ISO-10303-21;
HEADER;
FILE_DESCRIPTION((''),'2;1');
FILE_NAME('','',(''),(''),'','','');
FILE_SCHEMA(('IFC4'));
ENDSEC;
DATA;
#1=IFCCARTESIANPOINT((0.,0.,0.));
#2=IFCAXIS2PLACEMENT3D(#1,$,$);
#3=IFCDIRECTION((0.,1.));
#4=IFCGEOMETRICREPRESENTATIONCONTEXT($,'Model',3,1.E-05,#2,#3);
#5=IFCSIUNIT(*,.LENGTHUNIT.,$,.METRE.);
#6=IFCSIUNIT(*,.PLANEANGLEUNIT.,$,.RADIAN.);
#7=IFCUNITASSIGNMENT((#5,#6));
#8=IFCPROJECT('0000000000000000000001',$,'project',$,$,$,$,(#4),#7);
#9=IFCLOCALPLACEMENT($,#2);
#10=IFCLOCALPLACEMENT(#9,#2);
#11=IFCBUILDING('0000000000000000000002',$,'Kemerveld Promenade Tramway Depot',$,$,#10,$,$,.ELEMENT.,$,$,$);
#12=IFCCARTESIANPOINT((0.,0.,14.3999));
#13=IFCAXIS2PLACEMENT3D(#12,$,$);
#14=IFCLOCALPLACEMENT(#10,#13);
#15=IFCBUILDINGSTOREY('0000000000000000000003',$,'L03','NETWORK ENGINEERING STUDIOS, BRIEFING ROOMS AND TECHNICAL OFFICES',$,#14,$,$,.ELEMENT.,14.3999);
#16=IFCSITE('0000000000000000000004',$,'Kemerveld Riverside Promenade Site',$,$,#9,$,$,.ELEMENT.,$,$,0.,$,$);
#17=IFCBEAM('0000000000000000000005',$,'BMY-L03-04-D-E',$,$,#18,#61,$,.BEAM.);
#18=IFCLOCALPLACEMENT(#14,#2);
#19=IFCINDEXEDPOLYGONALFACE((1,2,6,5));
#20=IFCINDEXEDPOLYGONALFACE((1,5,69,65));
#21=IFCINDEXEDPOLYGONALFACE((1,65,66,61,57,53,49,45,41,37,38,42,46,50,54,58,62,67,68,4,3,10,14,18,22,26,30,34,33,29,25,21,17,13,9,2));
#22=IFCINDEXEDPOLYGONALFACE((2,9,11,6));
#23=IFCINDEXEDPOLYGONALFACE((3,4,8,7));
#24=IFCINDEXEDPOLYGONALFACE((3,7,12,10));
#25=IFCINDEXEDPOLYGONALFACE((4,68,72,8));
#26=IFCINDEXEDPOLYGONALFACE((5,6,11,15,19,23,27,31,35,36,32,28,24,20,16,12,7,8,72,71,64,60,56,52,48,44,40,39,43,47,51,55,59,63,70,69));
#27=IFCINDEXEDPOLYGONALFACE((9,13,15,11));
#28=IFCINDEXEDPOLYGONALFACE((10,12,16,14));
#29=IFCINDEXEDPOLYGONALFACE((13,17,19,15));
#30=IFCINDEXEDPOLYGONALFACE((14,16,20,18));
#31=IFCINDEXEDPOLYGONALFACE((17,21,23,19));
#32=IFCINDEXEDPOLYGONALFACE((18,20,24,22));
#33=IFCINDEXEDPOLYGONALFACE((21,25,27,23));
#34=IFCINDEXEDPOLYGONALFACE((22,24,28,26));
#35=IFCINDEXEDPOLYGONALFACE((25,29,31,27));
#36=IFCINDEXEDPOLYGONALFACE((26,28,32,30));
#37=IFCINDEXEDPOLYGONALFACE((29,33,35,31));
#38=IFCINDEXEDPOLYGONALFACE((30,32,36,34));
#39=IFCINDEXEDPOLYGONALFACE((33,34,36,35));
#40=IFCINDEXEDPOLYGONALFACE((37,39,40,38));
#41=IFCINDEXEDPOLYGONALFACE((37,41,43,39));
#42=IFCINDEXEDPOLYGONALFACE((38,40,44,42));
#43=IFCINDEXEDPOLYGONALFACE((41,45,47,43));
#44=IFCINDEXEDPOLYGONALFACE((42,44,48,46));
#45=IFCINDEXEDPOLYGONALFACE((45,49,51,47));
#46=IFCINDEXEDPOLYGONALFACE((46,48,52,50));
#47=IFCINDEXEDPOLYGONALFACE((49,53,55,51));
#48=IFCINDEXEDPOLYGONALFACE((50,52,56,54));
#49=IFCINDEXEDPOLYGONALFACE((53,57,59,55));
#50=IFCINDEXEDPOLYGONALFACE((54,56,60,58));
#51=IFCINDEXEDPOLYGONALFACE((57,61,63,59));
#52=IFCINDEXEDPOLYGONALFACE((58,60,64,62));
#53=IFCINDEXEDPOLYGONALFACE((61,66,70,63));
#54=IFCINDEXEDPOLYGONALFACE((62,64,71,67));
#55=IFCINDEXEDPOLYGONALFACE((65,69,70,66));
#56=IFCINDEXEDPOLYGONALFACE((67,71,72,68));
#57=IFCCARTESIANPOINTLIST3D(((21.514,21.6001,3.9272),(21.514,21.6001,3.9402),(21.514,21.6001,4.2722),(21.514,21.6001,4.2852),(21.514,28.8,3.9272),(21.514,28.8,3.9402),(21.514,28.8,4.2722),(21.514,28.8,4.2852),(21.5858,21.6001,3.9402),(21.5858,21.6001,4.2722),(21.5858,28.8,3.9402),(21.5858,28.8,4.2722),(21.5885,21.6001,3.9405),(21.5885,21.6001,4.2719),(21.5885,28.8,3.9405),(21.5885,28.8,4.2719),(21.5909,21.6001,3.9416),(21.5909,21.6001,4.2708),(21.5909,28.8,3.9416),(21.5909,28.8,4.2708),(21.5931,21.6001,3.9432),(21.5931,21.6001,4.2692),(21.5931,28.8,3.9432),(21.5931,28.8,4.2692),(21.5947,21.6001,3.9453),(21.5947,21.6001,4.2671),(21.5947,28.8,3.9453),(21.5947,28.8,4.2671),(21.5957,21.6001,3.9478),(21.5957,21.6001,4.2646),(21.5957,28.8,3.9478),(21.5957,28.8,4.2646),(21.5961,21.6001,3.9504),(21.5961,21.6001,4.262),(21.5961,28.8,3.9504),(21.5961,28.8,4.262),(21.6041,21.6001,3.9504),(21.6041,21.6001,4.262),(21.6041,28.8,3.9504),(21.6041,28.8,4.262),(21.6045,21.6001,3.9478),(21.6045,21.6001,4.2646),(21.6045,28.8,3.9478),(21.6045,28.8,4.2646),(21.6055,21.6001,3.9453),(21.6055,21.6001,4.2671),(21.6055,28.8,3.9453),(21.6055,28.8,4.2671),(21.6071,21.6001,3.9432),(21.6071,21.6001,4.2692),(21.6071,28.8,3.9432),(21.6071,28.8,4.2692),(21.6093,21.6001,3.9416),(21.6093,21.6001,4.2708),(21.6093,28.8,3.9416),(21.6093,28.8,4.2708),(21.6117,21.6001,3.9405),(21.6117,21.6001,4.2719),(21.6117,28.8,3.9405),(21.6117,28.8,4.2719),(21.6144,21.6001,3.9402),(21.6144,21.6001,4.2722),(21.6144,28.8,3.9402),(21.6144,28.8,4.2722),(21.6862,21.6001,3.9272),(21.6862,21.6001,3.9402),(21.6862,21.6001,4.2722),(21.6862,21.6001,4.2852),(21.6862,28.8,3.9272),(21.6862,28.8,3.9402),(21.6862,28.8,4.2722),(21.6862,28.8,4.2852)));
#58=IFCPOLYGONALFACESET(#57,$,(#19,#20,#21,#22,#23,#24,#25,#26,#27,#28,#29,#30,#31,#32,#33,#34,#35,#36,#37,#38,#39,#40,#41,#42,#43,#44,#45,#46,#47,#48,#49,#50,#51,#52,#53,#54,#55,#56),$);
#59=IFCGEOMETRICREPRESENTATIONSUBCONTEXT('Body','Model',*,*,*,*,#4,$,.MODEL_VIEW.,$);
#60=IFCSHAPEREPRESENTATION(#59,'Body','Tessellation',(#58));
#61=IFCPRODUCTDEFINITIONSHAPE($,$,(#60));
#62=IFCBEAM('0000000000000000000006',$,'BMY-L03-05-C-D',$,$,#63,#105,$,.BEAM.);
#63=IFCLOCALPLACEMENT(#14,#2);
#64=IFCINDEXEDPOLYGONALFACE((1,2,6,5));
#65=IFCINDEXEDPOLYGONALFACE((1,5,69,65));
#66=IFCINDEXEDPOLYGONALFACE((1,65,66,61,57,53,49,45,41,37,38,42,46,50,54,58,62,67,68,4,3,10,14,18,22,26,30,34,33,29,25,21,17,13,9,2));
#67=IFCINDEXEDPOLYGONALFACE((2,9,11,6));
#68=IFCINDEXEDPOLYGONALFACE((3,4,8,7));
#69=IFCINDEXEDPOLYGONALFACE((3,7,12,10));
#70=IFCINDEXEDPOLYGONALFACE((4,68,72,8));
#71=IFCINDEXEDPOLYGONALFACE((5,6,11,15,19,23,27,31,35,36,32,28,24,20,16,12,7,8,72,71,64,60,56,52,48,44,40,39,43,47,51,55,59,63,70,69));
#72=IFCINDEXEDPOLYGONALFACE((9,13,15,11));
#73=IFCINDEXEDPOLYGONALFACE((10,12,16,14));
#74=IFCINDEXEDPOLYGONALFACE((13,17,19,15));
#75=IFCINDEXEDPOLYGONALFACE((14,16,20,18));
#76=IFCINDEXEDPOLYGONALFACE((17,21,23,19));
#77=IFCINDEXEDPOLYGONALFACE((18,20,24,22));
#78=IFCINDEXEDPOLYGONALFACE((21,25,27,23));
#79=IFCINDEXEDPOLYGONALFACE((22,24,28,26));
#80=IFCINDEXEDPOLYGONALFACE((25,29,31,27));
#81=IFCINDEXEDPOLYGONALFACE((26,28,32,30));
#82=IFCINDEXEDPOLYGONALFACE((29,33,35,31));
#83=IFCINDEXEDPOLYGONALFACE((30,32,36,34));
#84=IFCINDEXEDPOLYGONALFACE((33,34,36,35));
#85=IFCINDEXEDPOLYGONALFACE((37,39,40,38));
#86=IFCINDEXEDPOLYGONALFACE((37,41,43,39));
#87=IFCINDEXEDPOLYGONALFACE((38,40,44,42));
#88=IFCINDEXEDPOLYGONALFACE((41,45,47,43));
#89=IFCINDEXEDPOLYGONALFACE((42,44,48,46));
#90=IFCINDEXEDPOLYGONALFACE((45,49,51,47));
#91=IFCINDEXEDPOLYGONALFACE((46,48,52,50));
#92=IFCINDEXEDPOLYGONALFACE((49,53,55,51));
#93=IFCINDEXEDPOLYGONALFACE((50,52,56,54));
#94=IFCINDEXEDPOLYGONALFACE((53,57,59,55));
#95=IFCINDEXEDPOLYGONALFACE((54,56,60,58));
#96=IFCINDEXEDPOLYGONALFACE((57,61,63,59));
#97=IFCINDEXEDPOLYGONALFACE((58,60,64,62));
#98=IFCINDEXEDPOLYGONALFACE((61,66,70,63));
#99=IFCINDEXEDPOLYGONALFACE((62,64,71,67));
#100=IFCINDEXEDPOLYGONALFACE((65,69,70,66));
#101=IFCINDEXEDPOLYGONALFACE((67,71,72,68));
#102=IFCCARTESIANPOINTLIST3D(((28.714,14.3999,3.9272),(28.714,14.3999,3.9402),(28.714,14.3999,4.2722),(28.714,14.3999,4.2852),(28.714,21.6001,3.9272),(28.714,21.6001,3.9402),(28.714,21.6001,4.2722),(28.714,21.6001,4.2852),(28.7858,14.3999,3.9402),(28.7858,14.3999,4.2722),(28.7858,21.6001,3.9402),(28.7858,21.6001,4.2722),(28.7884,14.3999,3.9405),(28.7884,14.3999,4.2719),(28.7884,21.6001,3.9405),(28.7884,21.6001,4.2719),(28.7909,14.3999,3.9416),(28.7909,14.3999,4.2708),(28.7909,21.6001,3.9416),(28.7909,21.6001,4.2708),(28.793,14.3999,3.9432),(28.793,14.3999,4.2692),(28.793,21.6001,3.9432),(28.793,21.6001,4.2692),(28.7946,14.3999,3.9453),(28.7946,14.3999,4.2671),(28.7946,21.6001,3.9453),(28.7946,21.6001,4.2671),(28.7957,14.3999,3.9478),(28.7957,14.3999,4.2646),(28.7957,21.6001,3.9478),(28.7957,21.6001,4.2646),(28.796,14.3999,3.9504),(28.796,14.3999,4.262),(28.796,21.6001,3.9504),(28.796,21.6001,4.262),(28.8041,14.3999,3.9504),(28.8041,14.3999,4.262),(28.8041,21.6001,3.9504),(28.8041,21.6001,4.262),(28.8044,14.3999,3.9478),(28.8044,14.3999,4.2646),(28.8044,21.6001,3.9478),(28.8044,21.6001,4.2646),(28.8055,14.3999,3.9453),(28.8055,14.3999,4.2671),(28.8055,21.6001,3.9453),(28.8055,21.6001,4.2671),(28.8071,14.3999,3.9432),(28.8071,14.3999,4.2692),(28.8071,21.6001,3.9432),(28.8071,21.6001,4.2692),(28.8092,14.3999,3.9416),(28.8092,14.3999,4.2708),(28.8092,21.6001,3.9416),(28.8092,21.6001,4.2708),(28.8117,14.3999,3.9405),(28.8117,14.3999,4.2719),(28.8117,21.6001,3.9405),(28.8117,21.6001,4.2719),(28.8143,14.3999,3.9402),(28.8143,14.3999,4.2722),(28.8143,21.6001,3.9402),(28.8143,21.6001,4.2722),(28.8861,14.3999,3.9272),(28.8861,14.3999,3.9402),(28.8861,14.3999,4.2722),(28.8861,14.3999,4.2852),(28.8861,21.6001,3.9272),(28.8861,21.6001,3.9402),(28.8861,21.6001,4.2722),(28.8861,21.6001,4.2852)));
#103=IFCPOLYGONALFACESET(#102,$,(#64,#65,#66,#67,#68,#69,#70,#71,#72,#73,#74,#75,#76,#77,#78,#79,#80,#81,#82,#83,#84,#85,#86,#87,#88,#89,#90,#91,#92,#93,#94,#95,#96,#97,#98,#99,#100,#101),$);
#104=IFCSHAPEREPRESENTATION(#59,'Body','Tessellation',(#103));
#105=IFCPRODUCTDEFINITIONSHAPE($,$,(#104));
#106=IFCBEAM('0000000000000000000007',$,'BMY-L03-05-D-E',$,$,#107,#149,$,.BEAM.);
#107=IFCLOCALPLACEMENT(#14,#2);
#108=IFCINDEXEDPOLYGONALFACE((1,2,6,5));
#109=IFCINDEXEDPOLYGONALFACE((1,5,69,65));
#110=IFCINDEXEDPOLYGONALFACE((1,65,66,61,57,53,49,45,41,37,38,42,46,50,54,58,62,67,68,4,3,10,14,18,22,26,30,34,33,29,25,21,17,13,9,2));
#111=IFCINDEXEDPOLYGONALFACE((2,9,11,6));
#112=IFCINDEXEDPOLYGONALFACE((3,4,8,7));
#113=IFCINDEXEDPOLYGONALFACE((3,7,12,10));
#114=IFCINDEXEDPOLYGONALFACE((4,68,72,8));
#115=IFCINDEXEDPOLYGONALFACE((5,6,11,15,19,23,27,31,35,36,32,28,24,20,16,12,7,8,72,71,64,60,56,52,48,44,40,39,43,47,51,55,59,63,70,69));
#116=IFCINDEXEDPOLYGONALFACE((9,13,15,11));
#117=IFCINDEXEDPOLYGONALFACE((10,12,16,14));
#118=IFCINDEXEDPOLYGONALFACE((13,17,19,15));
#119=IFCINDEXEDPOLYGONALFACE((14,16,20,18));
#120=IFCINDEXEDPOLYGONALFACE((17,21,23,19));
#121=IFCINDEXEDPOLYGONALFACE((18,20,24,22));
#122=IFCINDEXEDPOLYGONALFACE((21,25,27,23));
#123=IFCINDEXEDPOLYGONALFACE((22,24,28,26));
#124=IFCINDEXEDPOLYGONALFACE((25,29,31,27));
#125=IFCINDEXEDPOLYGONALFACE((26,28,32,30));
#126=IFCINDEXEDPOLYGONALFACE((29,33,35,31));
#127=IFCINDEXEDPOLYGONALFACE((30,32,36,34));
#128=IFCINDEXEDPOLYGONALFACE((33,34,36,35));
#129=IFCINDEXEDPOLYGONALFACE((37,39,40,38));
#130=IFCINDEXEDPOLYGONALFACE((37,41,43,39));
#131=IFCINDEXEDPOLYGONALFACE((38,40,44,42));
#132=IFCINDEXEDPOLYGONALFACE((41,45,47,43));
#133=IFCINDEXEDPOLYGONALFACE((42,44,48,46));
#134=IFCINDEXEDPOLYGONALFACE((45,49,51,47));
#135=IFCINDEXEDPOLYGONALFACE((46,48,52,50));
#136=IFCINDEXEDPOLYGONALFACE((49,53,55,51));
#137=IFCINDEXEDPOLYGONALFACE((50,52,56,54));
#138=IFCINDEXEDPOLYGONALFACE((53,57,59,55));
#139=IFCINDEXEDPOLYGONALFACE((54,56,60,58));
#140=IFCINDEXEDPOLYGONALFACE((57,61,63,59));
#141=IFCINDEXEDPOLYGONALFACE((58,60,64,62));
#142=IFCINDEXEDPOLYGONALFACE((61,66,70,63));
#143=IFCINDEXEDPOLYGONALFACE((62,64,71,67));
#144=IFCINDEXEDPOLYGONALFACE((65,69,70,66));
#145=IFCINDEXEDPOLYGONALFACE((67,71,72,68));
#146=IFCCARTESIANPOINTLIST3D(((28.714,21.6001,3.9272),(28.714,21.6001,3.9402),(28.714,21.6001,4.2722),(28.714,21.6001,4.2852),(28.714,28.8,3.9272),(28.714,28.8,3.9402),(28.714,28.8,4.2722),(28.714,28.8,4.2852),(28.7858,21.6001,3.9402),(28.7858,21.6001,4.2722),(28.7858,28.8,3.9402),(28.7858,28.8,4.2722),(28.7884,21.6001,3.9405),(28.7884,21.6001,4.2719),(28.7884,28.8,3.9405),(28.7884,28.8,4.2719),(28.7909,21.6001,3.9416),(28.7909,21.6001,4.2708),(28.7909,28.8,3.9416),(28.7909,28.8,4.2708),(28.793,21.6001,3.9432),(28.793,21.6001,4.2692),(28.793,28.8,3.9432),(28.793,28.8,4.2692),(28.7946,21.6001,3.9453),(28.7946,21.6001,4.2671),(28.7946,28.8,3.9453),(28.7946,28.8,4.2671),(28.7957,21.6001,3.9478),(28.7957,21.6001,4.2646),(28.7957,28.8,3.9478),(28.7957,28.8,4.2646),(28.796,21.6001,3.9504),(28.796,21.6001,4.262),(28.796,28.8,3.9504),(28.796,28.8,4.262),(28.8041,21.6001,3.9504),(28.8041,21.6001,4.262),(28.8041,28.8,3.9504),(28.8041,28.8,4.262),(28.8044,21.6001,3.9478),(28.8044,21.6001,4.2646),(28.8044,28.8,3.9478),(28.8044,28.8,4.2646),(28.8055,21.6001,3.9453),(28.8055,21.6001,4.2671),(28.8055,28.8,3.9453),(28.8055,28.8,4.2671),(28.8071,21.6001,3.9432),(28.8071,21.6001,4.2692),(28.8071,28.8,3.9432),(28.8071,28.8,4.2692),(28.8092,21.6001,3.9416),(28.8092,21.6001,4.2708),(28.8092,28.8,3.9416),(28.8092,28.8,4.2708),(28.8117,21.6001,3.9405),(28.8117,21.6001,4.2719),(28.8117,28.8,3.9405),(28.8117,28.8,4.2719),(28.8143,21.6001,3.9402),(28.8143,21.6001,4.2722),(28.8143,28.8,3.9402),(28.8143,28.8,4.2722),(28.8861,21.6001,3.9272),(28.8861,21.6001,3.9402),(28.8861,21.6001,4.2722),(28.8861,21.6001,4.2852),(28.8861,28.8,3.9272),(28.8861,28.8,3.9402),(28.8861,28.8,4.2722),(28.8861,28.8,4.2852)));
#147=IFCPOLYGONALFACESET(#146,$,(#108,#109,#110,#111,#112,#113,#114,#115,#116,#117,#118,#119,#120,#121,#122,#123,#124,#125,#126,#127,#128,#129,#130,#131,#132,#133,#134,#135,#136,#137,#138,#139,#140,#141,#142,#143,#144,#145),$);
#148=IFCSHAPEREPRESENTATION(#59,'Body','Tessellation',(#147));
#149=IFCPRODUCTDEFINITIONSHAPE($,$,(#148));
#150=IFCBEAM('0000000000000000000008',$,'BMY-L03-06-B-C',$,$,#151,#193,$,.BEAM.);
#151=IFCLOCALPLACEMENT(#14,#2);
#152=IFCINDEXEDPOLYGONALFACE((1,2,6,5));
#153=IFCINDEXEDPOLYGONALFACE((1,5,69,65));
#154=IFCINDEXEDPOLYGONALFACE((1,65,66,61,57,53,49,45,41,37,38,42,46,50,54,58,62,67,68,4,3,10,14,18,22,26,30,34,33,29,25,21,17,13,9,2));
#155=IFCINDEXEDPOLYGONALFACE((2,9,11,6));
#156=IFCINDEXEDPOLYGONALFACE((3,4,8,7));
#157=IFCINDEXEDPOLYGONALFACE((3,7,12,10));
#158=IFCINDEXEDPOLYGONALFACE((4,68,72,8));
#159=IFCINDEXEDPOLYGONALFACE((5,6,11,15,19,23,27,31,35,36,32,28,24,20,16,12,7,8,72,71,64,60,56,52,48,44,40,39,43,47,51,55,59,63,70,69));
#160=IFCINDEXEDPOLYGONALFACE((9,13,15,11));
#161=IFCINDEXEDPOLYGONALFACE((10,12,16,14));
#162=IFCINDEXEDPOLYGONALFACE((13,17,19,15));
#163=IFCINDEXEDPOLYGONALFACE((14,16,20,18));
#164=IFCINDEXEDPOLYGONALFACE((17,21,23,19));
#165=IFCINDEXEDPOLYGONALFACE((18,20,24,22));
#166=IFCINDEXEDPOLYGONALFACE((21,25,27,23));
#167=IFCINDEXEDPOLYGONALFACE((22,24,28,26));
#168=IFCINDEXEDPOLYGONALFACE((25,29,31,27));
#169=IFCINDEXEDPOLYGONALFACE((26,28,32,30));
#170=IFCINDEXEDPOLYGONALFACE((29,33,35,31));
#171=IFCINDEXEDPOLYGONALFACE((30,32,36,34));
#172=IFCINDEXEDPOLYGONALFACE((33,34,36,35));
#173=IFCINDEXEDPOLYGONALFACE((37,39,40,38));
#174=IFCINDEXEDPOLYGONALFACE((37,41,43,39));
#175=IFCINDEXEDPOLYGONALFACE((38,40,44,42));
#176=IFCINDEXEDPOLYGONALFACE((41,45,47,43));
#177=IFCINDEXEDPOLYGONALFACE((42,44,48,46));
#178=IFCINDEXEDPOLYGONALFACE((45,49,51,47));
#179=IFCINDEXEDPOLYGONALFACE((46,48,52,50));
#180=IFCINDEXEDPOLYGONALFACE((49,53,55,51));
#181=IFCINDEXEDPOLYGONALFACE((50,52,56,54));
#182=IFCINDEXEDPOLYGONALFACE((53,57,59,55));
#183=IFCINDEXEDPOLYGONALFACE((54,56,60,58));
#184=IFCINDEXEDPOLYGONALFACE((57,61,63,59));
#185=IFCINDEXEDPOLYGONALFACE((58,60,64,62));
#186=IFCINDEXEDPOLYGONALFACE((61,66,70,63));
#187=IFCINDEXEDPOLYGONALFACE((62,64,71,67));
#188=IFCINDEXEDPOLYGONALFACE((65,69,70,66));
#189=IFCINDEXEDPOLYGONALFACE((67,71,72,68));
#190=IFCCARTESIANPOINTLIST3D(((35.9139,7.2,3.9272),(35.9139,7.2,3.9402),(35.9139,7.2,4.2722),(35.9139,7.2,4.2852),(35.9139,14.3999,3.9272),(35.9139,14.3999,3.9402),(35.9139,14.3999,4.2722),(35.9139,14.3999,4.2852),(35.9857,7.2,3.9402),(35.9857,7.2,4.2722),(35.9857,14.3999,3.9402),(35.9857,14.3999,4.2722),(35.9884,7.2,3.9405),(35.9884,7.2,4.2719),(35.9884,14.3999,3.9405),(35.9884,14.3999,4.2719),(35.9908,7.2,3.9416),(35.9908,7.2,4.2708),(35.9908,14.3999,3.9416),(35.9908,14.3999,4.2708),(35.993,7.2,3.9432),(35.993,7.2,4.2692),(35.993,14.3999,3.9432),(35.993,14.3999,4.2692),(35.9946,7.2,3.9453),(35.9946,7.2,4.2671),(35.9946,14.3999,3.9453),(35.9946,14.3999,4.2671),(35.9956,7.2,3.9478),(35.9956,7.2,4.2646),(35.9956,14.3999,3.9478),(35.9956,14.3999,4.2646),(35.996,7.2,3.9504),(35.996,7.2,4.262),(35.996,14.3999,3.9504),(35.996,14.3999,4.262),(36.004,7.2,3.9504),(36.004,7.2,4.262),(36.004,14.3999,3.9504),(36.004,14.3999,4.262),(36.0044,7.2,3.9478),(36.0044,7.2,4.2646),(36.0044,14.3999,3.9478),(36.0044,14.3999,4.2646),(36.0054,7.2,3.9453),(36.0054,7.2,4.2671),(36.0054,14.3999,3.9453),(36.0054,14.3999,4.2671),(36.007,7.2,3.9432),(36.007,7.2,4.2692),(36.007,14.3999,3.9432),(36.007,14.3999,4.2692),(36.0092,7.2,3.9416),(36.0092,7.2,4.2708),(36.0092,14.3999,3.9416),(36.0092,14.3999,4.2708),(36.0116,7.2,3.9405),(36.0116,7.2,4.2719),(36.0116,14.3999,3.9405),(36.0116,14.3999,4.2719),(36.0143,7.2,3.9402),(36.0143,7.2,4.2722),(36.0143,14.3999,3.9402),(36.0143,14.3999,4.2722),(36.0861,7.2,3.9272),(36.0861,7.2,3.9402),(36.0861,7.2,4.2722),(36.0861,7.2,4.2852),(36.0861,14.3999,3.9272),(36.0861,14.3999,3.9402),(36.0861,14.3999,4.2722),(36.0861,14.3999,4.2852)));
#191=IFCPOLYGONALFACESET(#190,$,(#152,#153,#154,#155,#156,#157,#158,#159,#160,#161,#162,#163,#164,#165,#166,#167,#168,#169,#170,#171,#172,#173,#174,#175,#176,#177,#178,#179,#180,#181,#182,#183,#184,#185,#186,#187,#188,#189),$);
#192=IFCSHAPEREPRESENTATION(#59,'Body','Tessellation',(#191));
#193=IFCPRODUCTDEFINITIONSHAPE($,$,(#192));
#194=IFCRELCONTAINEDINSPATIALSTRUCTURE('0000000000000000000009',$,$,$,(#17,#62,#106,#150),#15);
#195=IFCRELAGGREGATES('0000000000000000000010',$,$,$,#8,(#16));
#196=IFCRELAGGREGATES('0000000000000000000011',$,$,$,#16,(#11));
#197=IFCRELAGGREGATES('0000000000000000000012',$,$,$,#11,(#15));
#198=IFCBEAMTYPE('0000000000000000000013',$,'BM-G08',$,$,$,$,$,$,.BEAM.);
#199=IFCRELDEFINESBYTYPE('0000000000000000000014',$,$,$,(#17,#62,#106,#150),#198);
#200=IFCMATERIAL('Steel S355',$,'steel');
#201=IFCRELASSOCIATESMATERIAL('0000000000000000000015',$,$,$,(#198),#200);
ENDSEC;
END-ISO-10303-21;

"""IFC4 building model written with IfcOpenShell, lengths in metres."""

from ifc_helpers import new_model, si_unit, direction, frame, origin, origin_2d, place, context, subcontext, project, spatial, i_section, extrude, material, material_profile, profile_set, type_object, element, save


model = new_model("IFC4")

# Units and contexts
model_context = context("Model", 3, precision=1e-05, world=origin(), true_north=direction((0.0, 1.0)))
body_context = subcontext(model_context, "Body", "Model", "MODEL_VIEW")
ifc_project = project(units=[si_unit("LENGTHUNIT", "METRE"), si_unit("PLANEANGLEUNIT", "RADIAN")], contexts=[model_context])

# Site, building, storey
site_placement = place(None, origin())
site = spatial("IfcSite", under=ifc_project, at=site_placement, Name="Kemerveld Riverside Promenade Site", CompositionType="ELEMENT", RefElevation=0.0)
building_placement = place(site_placement, origin())
building = spatial("IfcBuilding", under=site, at=building_placement, Name="Kemerveld Promenade Tramway Depot", CompositionType="ELEMENT")
storey_placement = place(building_placement, frame((0.0, 0.0, 14.3999)))
storey = spatial("IfcBuildingStorey", under=building, at=storey_placement, Name="L03", Description="NETWORK ENGINEERING STUDIOS, BRIEFING ROOMS AND TECHNICAL OFFICES", CompositionType="ELEMENT", Elevation=14.3999)

# Shared definitions
ifc_material = material(Name="Steel S355", Category="steel")

# Beams
ifc_material_profile_1 = material_profile(ifc_material, i_section(OverallWidth=0.1721, OverallDepth=0.3579, WebThickness=0.0081, FlangeThickness=0.0129, FilletRadius=0.0103, at=origin_2d()), Name="356x171x57 UB")
ifc_profile_set_1 = profile_set([ifc_material_profile_1], Name="Steel S355")
beam_type_1 = type_object("IfcBeamType", Name="BM-G08", PredefinedType="BEAM", material=ifc_profile_set_1)
beam_1_placement = place(storey_placement, frame((21.6001, 21.6001, 4.1062), z_axis=(0.0, 1.0, 0.0), x_axis=(-1.0, 0.0, 0.0)))
element("IfcBeam", 1, at=beam_1_placement, inside=storey, type_object=beam_type_1, Name="BMY-L03-04-D-E", PredefinedType="BEAM", context=body_context, shape_type="SweptSolid", body=[
    extrude(i_section(OverallWidth=0.1721, OverallDepth=0.3579, WebThickness=0.0081, FlangeThickness=0.0129, FilletRadius=0.0103, at=origin_2d()), origin(), (0.0, 0.0, 1.0), 7.2),
])
beam_2_placement = place(storey_placement, frame((28.8, 14.3999, 4.1062), z_axis=(0.0, 1.0, 0.0), x_axis=(-1.0, 0.0, 0.0)))
element("IfcBeam", 2, at=beam_2_placement, inside=storey, type_object=beam_type_1, Name="BMY-L03-05-C-D", PredefinedType="BEAM", context=body_context, shape_type="SweptSolid", body=[
    extrude(i_section(OverallWidth=0.1721, OverallDepth=0.3579, WebThickness=0.0081, FlangeThickness=0.0129, FilletRadius=0.0103, at=origin_2d()), origin(), (0.0, 0.0, 1.0), 7.2002),
])
for number, where, z_axis, x_axis, name in (
    (3, (28.8, 21.6001, 4.1062), (0.0, 1.0, 0.0), (-1.0, 0.0, 0.0), "BMY-L03-05-D-E"),
    (4, (36.0, 7.2, 4.1062), (0.0, 1.0, 0.0), (-1.0, 0.0, 0.0), "BMY-L03-06-B-C"),
):
    element("IfcBeam", number, at=place(storey_placement, frame(where, z_axis=z_axis, x_axis=x_axis)), inside=storey, type_object=beam_type_1, Name=name, PredefinedType="BEAM", context=body_context, shape_type="SweptSolid", body=[
        extrude(i_section(OverallWidth=0.1721, OverallDepth=0.3579, WebThickness=0.0081, FlangeThickness=0.0129, FilletRadius=0.0103, at=origin_2d()), origin(), (0.0, 0.0, 1.0), 7.2),
    ])

save(model, "model.ifc")
